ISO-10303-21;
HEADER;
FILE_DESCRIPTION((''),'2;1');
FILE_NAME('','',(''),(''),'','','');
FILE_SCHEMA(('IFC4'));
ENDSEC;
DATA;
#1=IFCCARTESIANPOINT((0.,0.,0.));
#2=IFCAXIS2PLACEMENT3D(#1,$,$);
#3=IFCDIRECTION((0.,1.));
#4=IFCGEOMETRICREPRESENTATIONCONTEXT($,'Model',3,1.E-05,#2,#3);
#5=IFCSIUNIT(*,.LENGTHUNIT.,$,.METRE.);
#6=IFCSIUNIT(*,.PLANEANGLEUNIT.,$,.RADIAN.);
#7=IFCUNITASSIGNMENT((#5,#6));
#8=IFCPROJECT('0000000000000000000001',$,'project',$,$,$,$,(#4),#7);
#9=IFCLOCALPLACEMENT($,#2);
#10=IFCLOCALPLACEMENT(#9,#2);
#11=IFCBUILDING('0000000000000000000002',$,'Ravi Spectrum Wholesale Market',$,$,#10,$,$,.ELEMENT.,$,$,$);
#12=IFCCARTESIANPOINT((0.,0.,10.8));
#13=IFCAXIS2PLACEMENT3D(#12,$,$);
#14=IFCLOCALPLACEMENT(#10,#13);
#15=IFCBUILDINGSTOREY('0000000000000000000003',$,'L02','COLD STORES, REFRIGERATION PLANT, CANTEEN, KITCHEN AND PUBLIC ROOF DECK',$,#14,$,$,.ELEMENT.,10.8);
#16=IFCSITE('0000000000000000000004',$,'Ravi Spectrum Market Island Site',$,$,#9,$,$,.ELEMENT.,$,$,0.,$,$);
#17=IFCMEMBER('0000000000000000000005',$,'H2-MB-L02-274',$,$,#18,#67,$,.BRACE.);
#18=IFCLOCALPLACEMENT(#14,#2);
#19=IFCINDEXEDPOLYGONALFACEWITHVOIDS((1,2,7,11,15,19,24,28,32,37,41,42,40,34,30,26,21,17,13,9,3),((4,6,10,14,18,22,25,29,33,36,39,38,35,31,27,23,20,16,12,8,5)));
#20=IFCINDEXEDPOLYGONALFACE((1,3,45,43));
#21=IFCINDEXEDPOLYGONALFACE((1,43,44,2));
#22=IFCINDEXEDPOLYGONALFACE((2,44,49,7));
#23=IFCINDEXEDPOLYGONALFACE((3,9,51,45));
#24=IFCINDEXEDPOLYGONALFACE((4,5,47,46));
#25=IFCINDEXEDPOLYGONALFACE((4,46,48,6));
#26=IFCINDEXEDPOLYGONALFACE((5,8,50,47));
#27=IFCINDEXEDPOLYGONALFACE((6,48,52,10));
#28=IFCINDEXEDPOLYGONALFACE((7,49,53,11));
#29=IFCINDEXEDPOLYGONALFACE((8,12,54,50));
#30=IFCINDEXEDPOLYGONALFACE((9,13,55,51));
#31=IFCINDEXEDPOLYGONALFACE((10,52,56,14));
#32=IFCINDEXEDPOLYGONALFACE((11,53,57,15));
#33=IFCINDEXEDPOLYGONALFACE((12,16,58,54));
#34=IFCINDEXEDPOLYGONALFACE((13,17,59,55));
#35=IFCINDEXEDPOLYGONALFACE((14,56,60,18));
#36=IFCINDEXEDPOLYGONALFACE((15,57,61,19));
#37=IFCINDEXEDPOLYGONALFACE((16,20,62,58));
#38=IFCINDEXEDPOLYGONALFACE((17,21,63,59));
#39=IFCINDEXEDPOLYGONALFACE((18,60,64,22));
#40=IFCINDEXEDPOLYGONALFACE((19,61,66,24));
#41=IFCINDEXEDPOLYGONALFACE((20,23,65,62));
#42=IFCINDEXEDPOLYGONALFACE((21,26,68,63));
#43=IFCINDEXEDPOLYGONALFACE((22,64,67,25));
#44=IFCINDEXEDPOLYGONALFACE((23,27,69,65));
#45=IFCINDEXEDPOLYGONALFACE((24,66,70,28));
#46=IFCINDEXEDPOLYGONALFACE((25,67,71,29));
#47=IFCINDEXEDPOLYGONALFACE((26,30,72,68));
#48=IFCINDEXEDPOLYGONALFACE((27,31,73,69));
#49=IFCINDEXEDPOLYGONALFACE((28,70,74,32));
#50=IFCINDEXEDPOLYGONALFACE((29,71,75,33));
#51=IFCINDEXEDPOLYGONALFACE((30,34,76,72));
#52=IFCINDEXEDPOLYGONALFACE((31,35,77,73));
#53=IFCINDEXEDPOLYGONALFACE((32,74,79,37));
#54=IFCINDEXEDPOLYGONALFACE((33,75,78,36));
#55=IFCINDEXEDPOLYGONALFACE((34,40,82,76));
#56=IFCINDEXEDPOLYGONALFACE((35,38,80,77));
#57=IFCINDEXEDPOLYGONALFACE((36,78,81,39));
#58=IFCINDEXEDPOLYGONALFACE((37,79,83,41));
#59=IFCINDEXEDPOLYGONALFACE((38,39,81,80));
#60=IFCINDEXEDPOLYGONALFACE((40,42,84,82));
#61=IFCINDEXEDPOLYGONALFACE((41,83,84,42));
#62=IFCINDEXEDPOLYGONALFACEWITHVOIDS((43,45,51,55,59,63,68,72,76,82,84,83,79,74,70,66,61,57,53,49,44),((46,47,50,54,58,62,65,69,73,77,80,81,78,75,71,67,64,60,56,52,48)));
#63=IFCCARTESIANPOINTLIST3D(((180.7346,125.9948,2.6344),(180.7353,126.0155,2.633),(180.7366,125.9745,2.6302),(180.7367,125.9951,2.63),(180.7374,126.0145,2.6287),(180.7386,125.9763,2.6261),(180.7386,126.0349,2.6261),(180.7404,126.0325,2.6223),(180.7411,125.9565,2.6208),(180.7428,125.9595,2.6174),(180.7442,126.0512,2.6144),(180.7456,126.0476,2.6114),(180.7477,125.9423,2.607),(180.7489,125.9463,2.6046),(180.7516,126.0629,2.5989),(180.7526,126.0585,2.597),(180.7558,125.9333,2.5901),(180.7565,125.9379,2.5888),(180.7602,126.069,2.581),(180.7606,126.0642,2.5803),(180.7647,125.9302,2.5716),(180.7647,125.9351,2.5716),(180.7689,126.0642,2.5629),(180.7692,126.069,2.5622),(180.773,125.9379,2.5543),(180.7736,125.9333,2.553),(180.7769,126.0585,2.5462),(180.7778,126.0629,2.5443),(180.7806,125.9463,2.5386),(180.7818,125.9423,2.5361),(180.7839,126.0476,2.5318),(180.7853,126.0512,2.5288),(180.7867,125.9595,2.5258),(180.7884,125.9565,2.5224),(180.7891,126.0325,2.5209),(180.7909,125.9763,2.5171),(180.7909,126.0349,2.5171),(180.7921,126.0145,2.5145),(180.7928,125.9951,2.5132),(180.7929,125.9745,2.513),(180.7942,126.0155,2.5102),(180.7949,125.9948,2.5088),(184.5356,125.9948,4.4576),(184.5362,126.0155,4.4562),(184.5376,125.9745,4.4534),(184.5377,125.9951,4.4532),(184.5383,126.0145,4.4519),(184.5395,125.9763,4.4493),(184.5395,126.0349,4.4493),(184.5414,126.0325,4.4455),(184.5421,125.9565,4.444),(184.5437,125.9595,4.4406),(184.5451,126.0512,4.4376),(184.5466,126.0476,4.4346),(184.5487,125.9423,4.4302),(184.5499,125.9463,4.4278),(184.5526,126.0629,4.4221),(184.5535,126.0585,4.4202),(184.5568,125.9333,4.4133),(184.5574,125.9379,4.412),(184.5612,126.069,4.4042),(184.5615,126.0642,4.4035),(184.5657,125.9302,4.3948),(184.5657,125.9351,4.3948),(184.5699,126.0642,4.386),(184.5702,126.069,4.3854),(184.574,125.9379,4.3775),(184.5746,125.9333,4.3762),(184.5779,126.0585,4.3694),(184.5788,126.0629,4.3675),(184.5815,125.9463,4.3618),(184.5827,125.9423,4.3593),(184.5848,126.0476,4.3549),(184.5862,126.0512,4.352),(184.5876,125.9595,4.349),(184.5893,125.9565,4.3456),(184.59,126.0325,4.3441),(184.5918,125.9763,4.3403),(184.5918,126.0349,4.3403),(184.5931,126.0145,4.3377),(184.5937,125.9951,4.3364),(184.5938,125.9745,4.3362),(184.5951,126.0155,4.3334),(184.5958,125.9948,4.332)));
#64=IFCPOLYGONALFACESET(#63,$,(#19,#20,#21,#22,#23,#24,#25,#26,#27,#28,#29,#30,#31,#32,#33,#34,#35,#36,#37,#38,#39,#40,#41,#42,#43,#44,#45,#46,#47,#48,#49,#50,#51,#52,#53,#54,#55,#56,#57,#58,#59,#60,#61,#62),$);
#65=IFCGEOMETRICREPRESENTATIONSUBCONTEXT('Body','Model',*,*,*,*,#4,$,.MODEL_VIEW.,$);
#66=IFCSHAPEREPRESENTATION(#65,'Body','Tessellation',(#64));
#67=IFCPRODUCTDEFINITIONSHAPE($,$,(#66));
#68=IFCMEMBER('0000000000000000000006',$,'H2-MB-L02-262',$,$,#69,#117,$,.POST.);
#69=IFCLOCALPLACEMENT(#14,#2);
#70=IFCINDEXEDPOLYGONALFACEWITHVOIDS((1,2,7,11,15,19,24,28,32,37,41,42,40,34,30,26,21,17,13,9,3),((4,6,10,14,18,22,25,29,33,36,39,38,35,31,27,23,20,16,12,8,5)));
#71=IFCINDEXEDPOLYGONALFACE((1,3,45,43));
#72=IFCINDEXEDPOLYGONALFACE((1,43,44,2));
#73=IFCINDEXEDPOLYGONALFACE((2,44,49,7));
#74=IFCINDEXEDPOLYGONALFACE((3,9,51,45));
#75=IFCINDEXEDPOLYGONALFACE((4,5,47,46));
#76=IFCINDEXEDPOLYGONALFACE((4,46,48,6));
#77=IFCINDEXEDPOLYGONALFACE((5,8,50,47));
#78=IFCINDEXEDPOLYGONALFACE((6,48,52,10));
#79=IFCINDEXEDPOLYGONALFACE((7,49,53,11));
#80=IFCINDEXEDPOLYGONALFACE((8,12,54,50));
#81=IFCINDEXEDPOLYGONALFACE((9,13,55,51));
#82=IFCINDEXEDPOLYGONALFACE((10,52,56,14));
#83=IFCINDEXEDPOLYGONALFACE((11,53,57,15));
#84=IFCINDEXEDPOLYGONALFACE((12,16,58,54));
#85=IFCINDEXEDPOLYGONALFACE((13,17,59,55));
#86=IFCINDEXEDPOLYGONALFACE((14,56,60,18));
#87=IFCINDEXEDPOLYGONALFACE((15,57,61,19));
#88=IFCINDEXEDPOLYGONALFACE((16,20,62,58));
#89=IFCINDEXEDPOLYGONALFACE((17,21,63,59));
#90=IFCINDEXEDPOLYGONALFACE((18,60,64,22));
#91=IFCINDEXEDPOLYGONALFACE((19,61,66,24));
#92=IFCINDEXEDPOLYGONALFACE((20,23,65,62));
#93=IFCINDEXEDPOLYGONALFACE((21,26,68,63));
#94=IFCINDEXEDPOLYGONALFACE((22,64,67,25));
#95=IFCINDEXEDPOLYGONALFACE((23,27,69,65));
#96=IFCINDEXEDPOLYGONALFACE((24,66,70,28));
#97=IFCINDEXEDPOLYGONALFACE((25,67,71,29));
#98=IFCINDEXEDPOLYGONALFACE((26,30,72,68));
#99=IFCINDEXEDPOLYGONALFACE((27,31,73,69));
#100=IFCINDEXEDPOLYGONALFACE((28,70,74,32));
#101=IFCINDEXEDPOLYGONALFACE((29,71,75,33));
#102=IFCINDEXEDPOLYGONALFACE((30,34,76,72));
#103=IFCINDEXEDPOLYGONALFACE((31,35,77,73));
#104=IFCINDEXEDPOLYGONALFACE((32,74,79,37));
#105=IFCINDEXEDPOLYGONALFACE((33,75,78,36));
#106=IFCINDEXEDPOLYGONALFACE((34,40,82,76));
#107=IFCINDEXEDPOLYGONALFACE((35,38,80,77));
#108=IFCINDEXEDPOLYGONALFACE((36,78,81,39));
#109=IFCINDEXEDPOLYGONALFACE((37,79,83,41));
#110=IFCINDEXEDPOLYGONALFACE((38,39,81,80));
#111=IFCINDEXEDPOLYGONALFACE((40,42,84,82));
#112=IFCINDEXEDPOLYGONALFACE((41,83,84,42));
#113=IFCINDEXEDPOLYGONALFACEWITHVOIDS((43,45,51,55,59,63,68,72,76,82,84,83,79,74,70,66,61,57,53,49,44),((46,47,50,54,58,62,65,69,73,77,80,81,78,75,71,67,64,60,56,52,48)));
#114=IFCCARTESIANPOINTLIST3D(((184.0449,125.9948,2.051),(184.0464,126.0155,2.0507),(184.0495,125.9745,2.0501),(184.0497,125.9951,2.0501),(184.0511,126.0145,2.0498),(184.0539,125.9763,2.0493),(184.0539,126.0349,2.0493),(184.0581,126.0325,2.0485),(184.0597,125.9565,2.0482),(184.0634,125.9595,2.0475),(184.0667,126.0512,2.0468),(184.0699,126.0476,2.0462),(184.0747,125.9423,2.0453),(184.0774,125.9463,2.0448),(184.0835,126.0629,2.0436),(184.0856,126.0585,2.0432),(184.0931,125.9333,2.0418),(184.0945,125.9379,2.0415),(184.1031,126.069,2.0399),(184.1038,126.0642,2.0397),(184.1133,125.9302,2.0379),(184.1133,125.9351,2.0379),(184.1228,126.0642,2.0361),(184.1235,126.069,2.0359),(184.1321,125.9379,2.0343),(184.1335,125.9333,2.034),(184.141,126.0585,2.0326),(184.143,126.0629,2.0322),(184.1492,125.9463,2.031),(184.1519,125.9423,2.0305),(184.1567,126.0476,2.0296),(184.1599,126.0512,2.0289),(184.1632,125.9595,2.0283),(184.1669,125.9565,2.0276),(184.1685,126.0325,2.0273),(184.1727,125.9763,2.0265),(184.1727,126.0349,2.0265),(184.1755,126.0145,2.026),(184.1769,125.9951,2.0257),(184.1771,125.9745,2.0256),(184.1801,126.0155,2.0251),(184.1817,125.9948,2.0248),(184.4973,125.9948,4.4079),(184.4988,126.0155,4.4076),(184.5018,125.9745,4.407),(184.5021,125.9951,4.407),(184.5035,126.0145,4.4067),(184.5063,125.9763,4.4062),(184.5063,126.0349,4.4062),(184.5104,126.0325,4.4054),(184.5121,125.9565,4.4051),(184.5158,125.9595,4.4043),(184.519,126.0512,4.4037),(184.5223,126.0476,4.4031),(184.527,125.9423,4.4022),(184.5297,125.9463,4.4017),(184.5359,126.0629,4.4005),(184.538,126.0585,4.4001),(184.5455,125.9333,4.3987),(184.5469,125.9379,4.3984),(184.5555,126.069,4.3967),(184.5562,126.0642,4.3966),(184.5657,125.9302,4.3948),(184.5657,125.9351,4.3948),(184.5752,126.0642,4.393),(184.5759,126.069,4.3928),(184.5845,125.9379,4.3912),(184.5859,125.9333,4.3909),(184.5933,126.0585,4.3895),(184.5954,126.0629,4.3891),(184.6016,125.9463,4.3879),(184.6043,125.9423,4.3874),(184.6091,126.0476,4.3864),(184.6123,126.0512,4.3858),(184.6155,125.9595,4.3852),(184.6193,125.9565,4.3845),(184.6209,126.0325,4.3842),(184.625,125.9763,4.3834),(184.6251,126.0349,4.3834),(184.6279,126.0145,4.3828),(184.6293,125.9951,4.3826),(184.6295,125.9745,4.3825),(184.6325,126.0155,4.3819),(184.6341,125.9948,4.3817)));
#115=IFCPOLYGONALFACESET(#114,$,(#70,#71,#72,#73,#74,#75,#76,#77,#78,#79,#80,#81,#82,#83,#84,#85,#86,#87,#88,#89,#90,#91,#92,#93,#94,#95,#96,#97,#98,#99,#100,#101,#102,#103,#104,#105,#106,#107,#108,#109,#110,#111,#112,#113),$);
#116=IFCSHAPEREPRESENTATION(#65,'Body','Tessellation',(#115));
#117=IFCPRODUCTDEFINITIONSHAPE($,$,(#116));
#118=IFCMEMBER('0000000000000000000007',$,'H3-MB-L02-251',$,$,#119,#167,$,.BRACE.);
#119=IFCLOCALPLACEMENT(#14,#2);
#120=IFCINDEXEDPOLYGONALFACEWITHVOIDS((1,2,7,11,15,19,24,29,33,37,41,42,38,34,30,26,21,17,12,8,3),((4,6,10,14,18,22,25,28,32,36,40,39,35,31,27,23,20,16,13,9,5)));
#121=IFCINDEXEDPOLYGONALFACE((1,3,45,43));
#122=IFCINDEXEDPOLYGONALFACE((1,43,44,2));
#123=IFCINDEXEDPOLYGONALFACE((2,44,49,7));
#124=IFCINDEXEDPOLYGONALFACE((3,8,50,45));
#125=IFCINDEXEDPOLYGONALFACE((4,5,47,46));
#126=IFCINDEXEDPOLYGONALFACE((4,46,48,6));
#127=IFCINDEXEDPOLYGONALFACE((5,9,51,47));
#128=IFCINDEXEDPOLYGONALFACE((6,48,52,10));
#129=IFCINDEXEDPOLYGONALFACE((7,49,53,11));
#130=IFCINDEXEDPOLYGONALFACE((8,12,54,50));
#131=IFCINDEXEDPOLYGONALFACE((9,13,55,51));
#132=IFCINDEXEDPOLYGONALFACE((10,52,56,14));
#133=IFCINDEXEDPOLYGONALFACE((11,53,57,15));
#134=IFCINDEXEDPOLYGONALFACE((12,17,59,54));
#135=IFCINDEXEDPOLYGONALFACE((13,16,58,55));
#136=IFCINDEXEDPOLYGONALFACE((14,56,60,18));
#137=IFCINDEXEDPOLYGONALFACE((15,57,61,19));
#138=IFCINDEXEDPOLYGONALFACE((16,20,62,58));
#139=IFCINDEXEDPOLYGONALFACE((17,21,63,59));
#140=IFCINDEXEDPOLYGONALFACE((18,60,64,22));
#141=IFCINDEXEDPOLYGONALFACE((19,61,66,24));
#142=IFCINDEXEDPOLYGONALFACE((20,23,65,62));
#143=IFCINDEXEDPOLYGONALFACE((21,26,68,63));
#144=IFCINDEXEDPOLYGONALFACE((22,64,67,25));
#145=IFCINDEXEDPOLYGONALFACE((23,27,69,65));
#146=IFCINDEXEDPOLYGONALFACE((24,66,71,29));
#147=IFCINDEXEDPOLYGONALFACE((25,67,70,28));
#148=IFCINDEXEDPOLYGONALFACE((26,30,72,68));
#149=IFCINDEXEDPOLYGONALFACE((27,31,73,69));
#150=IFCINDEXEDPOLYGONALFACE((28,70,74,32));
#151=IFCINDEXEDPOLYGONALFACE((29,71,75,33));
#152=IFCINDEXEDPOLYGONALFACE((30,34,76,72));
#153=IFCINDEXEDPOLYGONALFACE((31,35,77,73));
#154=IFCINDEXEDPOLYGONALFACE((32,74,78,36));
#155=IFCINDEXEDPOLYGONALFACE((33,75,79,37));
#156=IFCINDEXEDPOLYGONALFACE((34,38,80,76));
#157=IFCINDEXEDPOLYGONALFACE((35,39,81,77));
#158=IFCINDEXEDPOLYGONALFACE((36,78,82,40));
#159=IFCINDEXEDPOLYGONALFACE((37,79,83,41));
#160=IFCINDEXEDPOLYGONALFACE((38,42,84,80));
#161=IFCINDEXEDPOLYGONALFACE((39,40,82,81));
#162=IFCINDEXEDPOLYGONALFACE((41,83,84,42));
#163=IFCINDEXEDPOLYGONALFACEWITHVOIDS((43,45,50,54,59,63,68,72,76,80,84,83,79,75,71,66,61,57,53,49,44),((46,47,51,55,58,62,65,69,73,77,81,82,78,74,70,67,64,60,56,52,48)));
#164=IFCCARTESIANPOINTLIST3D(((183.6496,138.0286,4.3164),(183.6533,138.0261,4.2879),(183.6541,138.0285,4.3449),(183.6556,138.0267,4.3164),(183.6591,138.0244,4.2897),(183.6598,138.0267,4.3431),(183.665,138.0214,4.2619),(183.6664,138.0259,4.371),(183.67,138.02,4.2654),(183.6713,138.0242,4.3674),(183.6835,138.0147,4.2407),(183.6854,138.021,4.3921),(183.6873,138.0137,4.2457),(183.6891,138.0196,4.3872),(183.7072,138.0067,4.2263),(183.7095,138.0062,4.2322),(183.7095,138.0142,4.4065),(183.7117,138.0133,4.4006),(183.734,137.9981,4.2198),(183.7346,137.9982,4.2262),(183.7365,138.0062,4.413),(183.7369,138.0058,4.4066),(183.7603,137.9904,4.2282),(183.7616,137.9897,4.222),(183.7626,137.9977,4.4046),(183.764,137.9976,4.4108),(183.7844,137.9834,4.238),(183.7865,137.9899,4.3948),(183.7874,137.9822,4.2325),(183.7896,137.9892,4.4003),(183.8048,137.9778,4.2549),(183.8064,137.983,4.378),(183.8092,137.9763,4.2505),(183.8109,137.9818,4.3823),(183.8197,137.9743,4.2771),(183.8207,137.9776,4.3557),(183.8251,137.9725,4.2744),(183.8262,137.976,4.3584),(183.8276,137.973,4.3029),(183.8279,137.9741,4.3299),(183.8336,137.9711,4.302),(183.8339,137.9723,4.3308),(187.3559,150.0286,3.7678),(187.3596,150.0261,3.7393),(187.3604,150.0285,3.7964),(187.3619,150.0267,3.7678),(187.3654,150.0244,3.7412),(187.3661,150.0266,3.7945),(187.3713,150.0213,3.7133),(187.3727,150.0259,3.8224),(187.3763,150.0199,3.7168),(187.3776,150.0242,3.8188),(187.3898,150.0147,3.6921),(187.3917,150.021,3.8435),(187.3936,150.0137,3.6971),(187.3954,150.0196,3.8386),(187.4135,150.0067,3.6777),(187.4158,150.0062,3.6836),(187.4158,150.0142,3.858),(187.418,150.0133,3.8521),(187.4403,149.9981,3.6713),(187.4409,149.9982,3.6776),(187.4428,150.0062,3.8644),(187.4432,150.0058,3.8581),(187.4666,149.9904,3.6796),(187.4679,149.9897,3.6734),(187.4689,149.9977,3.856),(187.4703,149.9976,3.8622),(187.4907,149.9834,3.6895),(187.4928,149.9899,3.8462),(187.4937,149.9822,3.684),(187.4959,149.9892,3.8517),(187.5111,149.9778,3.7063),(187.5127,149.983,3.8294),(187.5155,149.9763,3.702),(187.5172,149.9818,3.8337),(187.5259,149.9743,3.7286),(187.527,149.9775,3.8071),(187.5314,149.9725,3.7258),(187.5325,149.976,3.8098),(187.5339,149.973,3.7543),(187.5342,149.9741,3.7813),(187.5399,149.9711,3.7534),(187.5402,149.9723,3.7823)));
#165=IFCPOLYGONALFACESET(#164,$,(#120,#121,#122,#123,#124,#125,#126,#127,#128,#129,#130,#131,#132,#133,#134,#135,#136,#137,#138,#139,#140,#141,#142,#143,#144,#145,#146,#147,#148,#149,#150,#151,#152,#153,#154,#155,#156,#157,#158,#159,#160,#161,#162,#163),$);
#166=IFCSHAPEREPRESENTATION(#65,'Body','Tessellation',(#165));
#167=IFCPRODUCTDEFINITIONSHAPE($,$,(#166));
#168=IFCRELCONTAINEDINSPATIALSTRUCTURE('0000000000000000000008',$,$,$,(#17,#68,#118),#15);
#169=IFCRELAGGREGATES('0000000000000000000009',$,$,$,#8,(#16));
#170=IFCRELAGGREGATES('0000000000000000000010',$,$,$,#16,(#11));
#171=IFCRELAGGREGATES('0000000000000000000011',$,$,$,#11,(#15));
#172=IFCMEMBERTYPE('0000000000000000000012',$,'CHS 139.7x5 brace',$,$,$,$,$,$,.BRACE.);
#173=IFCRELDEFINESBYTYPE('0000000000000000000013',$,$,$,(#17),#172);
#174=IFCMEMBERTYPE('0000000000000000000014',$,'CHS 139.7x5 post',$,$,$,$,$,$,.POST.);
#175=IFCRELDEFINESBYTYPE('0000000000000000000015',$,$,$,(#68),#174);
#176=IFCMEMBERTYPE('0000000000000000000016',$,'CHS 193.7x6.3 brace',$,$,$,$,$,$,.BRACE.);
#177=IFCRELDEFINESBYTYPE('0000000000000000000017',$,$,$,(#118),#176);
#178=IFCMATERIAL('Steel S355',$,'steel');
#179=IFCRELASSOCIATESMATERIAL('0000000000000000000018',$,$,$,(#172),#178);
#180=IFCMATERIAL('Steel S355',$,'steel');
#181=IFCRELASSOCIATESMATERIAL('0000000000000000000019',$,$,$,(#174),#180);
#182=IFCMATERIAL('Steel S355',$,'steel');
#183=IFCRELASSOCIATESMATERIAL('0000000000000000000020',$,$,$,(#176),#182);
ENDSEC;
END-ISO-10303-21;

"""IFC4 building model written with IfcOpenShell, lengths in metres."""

from ifc_helpers import new_model, si_unit, direction, frame, origin, origin_2d, place, context, subcontext, project, spatial, hollow_circle, extrude, material, material_profile, profile_set, type_object, element, save


model = new_model("IFC4")

# Units and contexts
model_context = context("Model", 3, precision=1e-05, world=origin(), true_north=direction((0.0, 1.0)))
body_context = subcontext(model_context, "Body", "Model", "MODEL_VIEW")
ifc_project = project(units=[si_unit("LENGTHUNIT", "METRE"), si_unit("PLANEANGLEUNIT", "RADIAN")], contexts=[model_context])

# Site, building, storey
site_placement = place(None, origin())
site = spatial("IfcSite", under=ifc_project, at=site_placement, Name="Ravi Spectrum Market Island Site", CompositionType="ELEMENT", RefElevation=0.0)
building_placement = place(site_placement, origin())
building = spatial("IfcBuilding", under=site, at=building_placement, Name="Ravi Spectrum Wholesale Market", CompositionType="ELEMENT")
storey_placement = place(building_placement, frame((0.0, 0.0, 10.8)))
storey = spatial("IfcBuildingStorey", under=building, at=storey_placement, Name="L02", Description="COLD STORES, REFRIGERATION PLANT, CANTEEN, KITCHEN AND PUBLIC ROOF DECK", CompositionType="ELEMENT", Elevation=10.8)

# Members
ifc_material_1 = material(Name="Steel S355", Category="steel")
ifc_material_profile_1 = material_profile(ifc_material_1, hollow_circle(Radius=0.0698, WallThickness=0.0049, at=origin_2d()))
ifc_profile_set_1 = profile_set([ifc_material_profile_1], Name="Steel S355")
member_type_1 = type_object("IfcMemberType", Name="CHS 139.7x5 brace", PredefinedType="BRACE", material=ifc_profile_set_1)
member_1_placement = place(storey_placement, frame((184.5657, 126.0, 4.3948), z_axis=(-0.901639, 0.0, -0.43249), x_axis=(0.0, -1.0, 0.0)))
element("IfcMember", 1, at=member_1_placement, inside=storey, type_object=member_type_1, Name="H2-MB-L02-274", PredefinedType="BRACE", context=body_context, shape_type="SweptSolid", body=[
    extrude(hollow_circle(Radius=0.0698, WallThickness=0.0049, at=origin_2d()), origin(), (0.0, 0.0, 1.0), 4.2156),
])
ifc_material_2 = material(Name="Steel S355", Category="steel")
ifc_material_profile_2 = material_profile(ifc_material_2, hollow_circle(Radius=0.0698, WallThickness=0.0049, at=origin_2d()))
ifc_profile_set_2 = profile_set([ifc_material_profile_2], Name="Steel S355")
member_type_2 = type_object("IfcMemberType", Name="CHS 139.7x5 post", PredefinedType="POST", material=ifc_profile_set_2)
member_2_placement = place(storey_placement, frame((184.5657, 126.0, 4.3948), z_axis=(-0.1885, 0.0, -0.982073), x_axis=(0.0, -1.0, 0.0)))
element("IfcMember", 2, at=member_2_placement, inside=storey, type_object=member_type_2, Name="H2-MB-L02-262", PredefinedType="POST", context=body_context, shape_type="SweptSolid", body=[
    extrude(hollow_circle(Radius=0.0698, WallThickness=0.0049, at=origin_2d()), origin(), (0.0, 0.0, 1.0), 2.3999),
])
ifc_material_3 = material(Name="Steel S355", Category="steel")
ifc_material_profile_3 = material_profile(ifc_material_3, hollow_circle(Radius=0.0969, WallThickness=0.0063, at=origin_2d()))
ifc_profile_set_3 = profile_set([ifc_material_profile_3], Name="Steel S355")
member_type_3 = type_object("IfcMemberType", Name="CHS 193.7x6.3 brace", PredefinedType="BRACE", material=ifc_profile_set_3)
member_3_placement = place(storey_placement, frame((183.7422, 138.0, 4.3164), z_axis=(0.294822, 0.954555, -0.043638), x_axis=(-0.955465, 0.295103, 0.0)))
element("IfcMember", 3, at=member_3_placement, inside=storey, type_object=member_type_3, Name="H3-MB-L02-251", PredefinedType="BRACE", context=body_context, shape_type="SweptSolid", body=[
    extrude(hollow_circle(Radius=0.0969, WallThickness=0.0063, at=origin_2d()), origin(), (0.0, 0.0, 1.0), 12.5713),
])

save(model, "model.ifc")
